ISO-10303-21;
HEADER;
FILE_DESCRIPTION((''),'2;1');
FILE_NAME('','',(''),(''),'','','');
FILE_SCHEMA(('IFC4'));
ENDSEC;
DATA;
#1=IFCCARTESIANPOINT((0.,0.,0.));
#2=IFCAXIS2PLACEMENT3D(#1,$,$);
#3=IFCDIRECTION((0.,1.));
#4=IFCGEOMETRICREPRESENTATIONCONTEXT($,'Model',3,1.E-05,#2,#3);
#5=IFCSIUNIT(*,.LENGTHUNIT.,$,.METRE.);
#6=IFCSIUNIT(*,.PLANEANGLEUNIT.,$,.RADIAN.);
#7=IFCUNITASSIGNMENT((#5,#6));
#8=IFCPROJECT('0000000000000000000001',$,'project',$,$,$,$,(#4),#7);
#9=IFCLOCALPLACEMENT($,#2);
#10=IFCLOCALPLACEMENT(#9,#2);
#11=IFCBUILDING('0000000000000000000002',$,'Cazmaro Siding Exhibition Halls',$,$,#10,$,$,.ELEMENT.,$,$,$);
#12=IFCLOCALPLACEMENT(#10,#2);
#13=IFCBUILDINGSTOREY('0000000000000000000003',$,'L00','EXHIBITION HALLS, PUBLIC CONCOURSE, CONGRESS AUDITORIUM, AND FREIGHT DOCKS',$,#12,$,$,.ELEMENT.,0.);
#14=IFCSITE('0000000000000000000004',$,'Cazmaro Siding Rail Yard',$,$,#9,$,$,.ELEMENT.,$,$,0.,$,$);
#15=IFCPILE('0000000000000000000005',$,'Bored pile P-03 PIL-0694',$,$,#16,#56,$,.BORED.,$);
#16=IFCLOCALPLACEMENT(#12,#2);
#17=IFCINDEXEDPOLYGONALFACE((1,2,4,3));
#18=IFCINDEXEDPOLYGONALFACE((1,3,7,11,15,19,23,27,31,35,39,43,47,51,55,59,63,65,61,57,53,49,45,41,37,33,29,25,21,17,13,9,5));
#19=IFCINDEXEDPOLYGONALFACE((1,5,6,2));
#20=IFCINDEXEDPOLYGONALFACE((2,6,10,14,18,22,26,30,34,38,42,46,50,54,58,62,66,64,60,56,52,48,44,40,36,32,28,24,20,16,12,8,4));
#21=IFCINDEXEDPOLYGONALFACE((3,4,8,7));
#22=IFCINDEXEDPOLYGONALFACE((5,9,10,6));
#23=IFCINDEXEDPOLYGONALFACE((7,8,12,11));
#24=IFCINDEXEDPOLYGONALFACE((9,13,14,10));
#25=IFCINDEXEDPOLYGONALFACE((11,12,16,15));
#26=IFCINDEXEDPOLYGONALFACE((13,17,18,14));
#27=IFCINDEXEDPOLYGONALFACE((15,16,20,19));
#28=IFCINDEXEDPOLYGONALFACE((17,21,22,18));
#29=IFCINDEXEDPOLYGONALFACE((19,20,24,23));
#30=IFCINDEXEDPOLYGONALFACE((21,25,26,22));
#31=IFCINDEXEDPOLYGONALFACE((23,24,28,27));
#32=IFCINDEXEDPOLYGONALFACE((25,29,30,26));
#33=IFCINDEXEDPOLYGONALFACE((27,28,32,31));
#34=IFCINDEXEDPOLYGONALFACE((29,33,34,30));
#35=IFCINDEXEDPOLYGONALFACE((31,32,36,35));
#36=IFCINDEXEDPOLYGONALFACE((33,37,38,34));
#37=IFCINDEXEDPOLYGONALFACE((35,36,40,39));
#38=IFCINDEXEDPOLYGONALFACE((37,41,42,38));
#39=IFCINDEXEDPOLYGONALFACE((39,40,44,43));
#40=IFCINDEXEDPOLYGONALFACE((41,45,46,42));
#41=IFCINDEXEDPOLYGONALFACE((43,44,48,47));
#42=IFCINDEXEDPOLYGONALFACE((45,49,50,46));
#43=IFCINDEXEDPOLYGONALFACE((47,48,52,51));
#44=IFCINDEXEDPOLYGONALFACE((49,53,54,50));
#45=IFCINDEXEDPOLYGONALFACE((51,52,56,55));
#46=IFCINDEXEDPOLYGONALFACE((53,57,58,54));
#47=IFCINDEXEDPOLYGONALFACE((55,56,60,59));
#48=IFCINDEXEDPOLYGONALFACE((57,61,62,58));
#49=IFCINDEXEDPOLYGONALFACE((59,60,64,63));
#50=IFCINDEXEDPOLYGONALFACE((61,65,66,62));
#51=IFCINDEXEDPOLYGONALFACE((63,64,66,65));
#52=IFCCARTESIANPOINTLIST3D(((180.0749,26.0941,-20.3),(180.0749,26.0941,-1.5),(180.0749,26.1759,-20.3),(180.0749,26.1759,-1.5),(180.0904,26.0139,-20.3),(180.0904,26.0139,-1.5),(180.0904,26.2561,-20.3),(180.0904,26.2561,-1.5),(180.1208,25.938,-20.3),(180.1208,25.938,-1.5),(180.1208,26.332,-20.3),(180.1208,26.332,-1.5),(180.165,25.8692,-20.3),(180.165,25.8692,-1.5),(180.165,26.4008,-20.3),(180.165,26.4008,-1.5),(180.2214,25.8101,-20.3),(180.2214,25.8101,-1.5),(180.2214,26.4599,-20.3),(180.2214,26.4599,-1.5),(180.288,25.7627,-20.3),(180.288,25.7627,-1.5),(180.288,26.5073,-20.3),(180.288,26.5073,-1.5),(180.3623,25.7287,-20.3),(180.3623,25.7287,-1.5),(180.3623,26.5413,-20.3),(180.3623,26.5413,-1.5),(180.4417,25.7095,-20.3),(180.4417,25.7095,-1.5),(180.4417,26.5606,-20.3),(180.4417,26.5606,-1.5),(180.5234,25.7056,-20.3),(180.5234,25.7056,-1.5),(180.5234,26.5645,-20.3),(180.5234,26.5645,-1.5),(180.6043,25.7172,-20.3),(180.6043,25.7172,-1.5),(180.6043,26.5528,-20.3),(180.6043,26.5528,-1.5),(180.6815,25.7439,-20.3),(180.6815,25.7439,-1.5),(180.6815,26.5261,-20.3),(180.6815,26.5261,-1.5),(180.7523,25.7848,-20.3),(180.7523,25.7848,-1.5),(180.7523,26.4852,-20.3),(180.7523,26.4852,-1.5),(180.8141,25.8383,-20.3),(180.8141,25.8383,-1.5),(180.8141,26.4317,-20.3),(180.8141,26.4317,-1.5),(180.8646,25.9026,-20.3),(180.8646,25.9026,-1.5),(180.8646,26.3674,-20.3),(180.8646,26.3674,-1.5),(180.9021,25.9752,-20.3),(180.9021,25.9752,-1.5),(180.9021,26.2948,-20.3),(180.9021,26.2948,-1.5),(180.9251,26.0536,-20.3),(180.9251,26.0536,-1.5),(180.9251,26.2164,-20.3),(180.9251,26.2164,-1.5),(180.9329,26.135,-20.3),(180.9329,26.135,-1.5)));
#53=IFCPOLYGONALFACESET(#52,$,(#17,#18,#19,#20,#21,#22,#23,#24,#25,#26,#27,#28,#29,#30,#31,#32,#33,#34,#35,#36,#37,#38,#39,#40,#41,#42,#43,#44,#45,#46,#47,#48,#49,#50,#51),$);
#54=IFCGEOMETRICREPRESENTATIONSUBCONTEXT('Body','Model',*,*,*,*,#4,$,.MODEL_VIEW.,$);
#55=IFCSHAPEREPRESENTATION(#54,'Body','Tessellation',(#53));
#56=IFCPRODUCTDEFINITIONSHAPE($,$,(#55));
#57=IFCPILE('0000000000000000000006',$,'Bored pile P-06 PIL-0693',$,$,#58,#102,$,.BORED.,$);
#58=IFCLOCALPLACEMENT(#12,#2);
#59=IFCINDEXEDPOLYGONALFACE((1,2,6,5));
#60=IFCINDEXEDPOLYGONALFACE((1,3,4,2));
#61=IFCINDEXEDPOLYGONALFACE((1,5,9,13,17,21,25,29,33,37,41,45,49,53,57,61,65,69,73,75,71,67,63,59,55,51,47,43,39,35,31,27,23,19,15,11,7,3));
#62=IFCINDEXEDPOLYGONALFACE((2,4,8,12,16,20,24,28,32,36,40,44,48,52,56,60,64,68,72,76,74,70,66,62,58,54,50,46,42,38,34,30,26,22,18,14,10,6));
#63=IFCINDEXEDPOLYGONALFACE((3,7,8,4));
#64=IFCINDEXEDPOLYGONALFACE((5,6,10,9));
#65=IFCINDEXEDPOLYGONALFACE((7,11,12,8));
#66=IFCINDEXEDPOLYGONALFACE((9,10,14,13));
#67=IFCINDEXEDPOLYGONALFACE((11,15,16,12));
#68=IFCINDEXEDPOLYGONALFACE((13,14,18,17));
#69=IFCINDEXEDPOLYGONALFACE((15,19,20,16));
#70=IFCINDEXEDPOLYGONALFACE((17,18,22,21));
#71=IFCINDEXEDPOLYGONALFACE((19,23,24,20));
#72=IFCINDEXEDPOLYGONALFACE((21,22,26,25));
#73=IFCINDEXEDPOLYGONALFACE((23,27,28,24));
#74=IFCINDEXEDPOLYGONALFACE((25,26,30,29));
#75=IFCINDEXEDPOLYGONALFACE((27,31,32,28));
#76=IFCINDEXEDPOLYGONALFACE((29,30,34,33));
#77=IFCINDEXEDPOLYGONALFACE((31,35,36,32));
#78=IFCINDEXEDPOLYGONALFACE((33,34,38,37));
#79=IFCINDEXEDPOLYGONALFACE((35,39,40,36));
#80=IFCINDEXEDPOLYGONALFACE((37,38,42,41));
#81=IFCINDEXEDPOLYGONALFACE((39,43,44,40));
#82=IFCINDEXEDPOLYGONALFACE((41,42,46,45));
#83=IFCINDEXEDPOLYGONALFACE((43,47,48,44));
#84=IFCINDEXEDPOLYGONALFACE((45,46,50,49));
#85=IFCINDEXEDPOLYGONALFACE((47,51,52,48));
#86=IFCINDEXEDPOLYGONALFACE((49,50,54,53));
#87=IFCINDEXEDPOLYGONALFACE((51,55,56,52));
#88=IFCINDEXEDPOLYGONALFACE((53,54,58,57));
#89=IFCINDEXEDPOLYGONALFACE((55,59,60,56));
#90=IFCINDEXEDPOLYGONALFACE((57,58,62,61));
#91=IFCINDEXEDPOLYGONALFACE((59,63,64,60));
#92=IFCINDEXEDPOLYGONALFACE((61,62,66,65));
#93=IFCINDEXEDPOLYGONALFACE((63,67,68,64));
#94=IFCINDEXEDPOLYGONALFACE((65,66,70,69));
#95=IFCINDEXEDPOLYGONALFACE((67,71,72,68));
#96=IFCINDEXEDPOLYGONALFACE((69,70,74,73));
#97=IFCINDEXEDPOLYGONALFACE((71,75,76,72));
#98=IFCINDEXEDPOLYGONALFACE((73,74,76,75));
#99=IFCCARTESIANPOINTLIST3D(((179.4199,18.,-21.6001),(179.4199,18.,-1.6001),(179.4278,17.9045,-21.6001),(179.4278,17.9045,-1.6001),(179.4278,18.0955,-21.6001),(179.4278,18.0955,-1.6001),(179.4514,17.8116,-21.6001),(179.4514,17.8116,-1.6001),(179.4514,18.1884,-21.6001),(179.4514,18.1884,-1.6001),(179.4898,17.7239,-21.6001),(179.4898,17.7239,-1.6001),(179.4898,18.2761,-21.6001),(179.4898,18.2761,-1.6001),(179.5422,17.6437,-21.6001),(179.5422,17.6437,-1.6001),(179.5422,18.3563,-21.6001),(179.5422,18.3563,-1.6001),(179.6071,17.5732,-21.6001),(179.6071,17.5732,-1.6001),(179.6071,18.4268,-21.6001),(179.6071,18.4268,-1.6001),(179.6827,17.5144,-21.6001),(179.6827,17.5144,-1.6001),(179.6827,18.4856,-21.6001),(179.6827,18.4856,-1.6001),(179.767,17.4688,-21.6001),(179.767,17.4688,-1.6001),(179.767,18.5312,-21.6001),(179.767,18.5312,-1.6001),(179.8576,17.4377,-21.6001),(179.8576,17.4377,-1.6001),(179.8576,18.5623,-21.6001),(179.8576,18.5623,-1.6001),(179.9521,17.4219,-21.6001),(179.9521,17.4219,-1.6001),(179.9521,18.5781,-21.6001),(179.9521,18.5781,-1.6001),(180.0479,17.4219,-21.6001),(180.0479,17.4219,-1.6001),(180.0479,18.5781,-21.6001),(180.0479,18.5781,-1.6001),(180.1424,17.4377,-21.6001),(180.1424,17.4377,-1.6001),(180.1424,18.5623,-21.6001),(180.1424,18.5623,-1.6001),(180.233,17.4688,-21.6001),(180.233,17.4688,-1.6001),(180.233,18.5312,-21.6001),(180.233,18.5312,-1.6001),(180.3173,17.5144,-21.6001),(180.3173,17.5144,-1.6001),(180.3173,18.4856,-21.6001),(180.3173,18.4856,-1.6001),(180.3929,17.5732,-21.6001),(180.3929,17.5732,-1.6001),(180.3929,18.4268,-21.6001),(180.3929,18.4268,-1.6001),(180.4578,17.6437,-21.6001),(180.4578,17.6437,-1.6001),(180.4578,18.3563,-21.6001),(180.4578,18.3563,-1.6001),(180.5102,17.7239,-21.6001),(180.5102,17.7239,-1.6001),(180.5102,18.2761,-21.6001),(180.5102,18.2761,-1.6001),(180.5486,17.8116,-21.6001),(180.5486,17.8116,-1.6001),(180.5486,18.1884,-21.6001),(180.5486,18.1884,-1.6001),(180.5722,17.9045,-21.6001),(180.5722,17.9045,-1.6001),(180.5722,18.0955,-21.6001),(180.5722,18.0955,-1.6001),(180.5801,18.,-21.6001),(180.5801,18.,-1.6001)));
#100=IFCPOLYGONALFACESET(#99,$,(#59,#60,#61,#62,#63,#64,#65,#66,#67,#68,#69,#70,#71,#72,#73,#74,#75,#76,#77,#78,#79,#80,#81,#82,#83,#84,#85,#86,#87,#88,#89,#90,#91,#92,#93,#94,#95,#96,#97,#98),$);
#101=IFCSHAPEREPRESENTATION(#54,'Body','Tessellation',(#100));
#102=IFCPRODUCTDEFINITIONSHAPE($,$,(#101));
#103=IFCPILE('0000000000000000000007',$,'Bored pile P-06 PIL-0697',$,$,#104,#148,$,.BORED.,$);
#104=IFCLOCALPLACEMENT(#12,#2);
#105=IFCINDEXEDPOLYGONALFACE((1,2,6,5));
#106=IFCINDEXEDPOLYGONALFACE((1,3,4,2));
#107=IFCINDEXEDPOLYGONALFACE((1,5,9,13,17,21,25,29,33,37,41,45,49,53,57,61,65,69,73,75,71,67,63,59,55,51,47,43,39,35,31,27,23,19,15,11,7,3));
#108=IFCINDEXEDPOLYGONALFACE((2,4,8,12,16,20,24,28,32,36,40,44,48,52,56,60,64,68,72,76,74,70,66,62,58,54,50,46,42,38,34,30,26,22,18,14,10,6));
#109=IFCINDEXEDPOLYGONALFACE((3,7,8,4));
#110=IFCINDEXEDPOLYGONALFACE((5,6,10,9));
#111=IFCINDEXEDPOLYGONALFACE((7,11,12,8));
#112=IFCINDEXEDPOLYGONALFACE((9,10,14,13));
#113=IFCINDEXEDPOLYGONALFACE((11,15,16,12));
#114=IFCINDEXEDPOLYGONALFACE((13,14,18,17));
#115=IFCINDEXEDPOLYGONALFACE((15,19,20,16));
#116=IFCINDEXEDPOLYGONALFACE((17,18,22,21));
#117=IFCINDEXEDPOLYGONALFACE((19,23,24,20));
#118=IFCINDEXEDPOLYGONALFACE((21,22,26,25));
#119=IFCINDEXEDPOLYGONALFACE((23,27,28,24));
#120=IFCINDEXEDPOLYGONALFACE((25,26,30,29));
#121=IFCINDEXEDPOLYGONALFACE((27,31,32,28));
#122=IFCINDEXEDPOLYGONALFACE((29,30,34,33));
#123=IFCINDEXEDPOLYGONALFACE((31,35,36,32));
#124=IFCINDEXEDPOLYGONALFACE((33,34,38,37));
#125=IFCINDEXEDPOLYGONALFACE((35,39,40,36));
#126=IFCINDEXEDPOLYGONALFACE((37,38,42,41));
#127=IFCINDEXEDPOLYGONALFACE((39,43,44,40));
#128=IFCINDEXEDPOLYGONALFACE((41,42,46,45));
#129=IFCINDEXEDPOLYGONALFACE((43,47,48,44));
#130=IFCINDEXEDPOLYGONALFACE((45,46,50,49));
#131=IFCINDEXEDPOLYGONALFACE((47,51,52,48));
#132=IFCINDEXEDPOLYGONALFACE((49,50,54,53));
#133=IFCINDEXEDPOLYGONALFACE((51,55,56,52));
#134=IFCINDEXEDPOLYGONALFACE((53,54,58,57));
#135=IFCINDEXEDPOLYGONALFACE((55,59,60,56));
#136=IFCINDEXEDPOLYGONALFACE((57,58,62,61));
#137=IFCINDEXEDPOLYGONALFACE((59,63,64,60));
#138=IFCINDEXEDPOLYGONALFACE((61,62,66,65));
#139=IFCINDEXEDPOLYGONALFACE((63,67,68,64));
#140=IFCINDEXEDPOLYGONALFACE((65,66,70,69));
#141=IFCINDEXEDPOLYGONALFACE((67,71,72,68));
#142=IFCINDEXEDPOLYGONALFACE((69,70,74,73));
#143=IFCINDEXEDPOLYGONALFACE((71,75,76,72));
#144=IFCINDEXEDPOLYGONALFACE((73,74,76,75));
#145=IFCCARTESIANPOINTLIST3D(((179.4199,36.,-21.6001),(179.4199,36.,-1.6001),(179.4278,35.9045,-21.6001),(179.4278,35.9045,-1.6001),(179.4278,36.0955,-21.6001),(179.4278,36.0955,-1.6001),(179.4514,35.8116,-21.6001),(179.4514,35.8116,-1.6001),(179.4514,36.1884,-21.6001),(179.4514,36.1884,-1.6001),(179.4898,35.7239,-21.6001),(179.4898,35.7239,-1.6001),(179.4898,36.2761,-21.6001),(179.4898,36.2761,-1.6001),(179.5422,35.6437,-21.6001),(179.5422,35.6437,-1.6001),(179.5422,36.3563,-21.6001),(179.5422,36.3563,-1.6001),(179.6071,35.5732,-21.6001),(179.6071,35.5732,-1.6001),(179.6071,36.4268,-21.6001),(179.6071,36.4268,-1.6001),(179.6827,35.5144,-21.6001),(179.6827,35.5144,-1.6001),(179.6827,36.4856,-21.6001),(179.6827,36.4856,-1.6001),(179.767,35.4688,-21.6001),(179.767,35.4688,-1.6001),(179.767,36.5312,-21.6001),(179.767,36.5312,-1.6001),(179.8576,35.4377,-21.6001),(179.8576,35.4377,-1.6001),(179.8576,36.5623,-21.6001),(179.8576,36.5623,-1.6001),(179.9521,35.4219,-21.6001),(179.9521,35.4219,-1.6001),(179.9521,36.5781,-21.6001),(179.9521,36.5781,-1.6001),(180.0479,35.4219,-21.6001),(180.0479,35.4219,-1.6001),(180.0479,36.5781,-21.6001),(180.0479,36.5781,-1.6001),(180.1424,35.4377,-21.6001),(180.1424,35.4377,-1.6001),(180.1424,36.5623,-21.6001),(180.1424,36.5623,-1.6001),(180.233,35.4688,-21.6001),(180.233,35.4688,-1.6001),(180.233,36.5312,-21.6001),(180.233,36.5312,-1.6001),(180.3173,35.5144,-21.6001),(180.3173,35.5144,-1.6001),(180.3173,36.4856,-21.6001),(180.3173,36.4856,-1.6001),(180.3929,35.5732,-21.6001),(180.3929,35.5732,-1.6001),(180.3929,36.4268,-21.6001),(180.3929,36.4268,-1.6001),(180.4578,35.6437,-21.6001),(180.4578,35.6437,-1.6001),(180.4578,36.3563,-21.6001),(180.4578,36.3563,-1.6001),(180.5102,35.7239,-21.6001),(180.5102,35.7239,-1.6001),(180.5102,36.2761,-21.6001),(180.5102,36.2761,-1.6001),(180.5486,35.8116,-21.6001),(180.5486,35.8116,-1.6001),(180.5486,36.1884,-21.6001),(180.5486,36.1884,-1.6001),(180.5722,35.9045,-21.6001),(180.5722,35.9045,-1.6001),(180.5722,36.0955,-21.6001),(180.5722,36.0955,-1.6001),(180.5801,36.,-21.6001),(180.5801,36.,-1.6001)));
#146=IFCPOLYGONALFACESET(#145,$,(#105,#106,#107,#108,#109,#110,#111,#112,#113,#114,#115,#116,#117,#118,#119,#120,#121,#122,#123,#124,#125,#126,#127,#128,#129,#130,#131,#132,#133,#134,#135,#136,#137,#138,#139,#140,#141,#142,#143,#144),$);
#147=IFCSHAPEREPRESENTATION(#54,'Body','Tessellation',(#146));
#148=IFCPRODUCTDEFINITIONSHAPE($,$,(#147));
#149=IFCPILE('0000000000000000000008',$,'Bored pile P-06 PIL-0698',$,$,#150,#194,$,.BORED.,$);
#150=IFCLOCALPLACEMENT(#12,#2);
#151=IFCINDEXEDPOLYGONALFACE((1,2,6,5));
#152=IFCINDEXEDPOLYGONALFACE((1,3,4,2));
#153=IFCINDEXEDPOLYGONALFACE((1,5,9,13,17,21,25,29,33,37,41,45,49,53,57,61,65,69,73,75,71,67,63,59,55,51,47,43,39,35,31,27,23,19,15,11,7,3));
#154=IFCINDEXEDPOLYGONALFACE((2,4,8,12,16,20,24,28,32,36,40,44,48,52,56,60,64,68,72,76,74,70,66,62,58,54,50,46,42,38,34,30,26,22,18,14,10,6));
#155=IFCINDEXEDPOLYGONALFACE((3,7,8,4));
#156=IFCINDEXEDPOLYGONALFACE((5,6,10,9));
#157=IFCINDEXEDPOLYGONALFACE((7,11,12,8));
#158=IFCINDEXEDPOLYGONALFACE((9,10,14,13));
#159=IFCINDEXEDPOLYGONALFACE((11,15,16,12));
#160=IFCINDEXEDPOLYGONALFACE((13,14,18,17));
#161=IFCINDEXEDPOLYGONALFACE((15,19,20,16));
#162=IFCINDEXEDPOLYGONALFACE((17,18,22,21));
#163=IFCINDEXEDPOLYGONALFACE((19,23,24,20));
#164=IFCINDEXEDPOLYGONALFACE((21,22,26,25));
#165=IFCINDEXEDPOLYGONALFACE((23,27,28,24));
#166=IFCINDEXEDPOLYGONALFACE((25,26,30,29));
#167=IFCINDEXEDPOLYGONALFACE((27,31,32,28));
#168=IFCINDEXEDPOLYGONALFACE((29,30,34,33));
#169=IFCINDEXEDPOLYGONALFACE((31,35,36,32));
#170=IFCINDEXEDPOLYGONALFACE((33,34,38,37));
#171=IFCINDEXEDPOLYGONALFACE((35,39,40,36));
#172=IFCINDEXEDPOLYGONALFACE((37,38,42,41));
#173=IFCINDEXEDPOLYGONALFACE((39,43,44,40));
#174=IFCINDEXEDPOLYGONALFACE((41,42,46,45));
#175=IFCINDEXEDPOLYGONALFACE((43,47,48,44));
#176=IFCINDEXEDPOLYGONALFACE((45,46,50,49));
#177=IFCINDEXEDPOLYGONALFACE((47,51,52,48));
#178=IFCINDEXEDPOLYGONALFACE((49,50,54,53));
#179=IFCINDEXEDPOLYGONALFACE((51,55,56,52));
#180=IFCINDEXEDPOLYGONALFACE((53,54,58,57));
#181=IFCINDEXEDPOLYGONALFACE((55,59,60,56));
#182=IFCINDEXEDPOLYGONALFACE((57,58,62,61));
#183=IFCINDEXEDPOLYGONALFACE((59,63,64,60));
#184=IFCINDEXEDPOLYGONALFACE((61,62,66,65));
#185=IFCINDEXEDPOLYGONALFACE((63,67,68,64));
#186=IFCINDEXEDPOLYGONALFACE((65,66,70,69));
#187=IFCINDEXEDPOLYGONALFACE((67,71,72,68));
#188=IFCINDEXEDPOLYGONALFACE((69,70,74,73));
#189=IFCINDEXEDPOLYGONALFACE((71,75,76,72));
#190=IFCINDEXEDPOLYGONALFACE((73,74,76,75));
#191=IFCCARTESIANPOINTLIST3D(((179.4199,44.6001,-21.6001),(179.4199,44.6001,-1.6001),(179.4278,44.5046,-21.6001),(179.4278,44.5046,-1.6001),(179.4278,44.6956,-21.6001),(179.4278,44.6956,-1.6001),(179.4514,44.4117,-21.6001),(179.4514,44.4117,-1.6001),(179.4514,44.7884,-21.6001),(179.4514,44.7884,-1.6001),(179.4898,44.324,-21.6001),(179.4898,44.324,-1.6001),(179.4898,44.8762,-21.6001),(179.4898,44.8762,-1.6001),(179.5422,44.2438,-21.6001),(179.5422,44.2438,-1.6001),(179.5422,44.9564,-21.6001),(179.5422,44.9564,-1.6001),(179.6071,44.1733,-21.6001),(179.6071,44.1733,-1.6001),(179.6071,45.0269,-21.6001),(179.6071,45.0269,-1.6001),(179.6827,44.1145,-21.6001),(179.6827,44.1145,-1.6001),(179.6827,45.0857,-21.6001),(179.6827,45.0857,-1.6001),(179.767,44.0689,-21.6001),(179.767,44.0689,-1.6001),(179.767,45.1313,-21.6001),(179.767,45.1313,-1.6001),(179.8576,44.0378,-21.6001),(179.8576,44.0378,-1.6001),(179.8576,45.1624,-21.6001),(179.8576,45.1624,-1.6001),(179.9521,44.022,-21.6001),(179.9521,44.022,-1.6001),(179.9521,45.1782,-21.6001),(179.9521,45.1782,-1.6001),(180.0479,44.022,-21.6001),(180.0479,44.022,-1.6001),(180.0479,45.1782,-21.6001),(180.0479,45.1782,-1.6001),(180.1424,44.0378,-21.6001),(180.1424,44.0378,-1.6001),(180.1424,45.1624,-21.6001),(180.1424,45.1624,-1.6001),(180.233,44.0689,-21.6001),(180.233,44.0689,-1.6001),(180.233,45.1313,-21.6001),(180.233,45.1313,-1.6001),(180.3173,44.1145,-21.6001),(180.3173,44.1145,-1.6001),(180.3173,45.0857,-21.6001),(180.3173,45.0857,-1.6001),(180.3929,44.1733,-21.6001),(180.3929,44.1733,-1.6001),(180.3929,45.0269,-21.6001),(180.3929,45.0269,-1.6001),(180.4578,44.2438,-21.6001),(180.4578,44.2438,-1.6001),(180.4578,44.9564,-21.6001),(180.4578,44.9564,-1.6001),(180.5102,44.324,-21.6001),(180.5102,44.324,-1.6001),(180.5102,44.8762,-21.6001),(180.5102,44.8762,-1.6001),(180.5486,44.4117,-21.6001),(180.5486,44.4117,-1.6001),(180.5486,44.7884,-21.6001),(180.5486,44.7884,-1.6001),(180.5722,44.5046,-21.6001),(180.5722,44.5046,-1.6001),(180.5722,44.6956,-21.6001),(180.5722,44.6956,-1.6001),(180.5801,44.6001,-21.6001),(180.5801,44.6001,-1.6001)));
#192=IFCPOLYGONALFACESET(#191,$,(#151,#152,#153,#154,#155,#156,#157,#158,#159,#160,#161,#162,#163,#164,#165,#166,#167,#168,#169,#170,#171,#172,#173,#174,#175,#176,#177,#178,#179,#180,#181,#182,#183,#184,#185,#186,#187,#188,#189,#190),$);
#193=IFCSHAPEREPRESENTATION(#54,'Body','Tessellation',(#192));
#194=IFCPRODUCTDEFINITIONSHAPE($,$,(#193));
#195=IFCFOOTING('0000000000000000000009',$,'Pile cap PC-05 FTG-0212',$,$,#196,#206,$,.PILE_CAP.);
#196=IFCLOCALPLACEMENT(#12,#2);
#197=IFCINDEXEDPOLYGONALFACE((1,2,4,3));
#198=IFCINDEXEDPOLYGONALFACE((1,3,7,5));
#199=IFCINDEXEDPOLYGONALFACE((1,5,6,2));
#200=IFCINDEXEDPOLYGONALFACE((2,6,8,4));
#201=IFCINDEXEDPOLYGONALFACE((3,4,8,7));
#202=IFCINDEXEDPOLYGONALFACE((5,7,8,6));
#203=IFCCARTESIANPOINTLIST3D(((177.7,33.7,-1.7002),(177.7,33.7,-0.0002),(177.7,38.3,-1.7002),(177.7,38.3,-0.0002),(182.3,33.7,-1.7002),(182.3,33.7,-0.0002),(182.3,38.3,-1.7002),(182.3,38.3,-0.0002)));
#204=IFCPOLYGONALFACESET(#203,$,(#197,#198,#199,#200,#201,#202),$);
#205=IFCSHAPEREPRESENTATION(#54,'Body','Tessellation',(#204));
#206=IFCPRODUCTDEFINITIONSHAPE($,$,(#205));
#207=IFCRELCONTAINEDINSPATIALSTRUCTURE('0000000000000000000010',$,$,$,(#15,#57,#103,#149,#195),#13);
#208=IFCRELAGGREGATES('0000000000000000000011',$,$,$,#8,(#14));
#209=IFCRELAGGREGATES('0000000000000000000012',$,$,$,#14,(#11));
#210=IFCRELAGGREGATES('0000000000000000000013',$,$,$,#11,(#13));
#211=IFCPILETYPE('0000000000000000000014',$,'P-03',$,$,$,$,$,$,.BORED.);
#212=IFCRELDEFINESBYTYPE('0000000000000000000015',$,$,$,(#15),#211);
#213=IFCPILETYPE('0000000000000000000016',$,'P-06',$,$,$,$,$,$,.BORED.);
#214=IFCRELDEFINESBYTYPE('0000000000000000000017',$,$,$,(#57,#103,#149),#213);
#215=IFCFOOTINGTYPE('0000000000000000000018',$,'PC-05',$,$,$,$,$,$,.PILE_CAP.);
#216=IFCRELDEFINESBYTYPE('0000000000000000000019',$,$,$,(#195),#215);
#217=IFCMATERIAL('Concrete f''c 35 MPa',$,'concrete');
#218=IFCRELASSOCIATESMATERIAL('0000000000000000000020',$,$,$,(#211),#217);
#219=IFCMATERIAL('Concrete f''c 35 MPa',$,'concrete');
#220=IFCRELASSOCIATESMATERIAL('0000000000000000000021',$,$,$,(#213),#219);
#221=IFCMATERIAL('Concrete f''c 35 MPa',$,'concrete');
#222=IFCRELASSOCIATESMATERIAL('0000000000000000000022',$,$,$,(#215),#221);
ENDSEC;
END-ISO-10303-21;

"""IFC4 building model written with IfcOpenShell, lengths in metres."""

from ifc_helpers import new_model, si_unit, direction, frame, origin, origin_2d, place, context, subcontext, project, spatial, rectangle, circle, extrude, material, material_profile, profile_set, type_object, element, save


model = new_model("IFC4")

# Units and contexts
model_context = context("Model", 3, precision=1e-05, world=origin(), true_north=direction((0.0, 1.0)))
body_context = subcontext(model_context, "Body", "Model", "MODEL_VIEW")
ifc_project = project(units=[si_unit("LENGTHUNIT", "METRE"), si_unit("PLANEANGLEUNIT", "RADIAN")], contexts=[model_context])

# Site, building, storey
site_placement = place(None, origin())
site = spatial("IfcSite", under=ifc_project, at=site_placement, Name="Cazmaro Siding Rail Yard", CompositionType="ELEMENT", RefElevation=0.0)
building_placement = place(site_placement, origin())
building = spatial("IfcBuilding", under=site, at=building_placement, Name="Cazmaro Siding Exhibition Halls", CompositionType="ELEMENT")
storey_placement = place(building_placement, origin())
storey = spatial("IfcBuildingStorey", under=building, at=storey_placement, Name="L00", Description="EXHIBITION HALLS, PUBLIC CONCOURSE, CONGRESS AUDITORIUM, AND FREIGHT DOCKS", CompositionType="ELEMENT", Elevation=0.0)

# Piles
ifc_material_1 = material(Name="Concrete f'c 35 MPa", Category="concrete")
ifc_material_profile_1 = material_profile(ifc_material_1, circle(Radius=0.4299, at=origin_2d()), Name="CIDH-860")
ifc_profile_set_1 = profile_set([ifc_material_profile_1], Name="Concrete f'c 35 MPa")
pile_type_1 = type_object("IfcPileType", Name="P-03", PredefinedType="BORED", material=ifc_profile_set_1)
pile_placement = place(storey_placement, frame((180.5029, 26.135, -1.5), z_axis=(0.0, 0.0, -1.0), x_axis=(1.0, 0.0, 0.0)))
element("IfcPile", 1, at=pile_placement, inside=storey, type_object=pile_type_1, Name="Bored pile P-03 PIL-0694", PredefinedType="BORED", context=body_context, shape_type="SweptSolid", body=[
    extrude(circle(Radius=0.4299, at=origin_2d()), origin(), (0.0, 0.0, 1.0), 18.8),
])
ifc_material_2 = material(Name="Concrete f'c 35 MPa", Category="concrete")
ifc_material_profile_2 = material_profile(ifc_material_2, circle(Radius=0.5801, at=origin_2d()), Name="CIDH-1160")
ifc_profile_set_2 = profile_set([ifc_material_profile_2], Name="Concrete f'c 35 MPa")
pile_type_2 = type_object("IfcPileType", Name="P-06", PredefinedType="BORED", material=ifc_profile_set_2)
for number, where, z_axis, x_axis, name in (
    (2, (180.0, 18.0, -1.6001), (0.0, 0.0, -1.0), (1.0, 0.0, 0.0), "Bored pile P-06 PIL-0693"),
    (3, (180.0, 36.0, -1.6001), (0.0, 0.0, -1.0), (1.0, 0.0, 0.0), "Bored pile P-06 PIL-0697"),
    (4, (180.0, 44.6001, -1.6001), (0.0, 0.0, -1.0), (1.0, 0.0, 0.0), "Bored pile P-06 PIL-0698"),
):
    element("IfcPile", number, at=place(storey_placement, frame(where, z_axis=z_axis, x_axis=x_axis)), inside=storey, type_object=pile_type_2, Name=name, PredefinedType="BORED", context=body_context, shape_type="SweptSolid", body=[
        extrude(circle(Radius=0.5801, at=origin_2d()), origin(), (0.0, 0.0, 1.0), 20.0),
    ])

# Footing
ifc_material_3 = material(Name="Concrete f'c 35 MPa", Category="concrete")
footing_type = type_object("IfcFootingType", Name="PC-05", PredefinedType="PILE_CAP", material=ifc_material_3)
for number, where, z_axis, x_axis, name in (
    (5, (180.0, 36.0, -1.7002), (0.0, 0.0, 1.0), (1.0, 0.0, 0.0), "Pile cap PC-05 FTG-0212"),
):
    element("IfcFooting", number, at=place(storey_placement, frame(where, z_axis=z_axis, x_axis=x_axis)), inside=storey, type_object=footing_type, Name=name, PredefinedType="PILE_CAP", context=body_context, shape_type="SweptSolid", body=[
        extrude(rectangle(XDim=4.6001, YDim=4.6001, at=origin_2d()), origin(), (0.0, 0.0, 1.0), 1.7),
    ])

save(model, "model.ifc")
